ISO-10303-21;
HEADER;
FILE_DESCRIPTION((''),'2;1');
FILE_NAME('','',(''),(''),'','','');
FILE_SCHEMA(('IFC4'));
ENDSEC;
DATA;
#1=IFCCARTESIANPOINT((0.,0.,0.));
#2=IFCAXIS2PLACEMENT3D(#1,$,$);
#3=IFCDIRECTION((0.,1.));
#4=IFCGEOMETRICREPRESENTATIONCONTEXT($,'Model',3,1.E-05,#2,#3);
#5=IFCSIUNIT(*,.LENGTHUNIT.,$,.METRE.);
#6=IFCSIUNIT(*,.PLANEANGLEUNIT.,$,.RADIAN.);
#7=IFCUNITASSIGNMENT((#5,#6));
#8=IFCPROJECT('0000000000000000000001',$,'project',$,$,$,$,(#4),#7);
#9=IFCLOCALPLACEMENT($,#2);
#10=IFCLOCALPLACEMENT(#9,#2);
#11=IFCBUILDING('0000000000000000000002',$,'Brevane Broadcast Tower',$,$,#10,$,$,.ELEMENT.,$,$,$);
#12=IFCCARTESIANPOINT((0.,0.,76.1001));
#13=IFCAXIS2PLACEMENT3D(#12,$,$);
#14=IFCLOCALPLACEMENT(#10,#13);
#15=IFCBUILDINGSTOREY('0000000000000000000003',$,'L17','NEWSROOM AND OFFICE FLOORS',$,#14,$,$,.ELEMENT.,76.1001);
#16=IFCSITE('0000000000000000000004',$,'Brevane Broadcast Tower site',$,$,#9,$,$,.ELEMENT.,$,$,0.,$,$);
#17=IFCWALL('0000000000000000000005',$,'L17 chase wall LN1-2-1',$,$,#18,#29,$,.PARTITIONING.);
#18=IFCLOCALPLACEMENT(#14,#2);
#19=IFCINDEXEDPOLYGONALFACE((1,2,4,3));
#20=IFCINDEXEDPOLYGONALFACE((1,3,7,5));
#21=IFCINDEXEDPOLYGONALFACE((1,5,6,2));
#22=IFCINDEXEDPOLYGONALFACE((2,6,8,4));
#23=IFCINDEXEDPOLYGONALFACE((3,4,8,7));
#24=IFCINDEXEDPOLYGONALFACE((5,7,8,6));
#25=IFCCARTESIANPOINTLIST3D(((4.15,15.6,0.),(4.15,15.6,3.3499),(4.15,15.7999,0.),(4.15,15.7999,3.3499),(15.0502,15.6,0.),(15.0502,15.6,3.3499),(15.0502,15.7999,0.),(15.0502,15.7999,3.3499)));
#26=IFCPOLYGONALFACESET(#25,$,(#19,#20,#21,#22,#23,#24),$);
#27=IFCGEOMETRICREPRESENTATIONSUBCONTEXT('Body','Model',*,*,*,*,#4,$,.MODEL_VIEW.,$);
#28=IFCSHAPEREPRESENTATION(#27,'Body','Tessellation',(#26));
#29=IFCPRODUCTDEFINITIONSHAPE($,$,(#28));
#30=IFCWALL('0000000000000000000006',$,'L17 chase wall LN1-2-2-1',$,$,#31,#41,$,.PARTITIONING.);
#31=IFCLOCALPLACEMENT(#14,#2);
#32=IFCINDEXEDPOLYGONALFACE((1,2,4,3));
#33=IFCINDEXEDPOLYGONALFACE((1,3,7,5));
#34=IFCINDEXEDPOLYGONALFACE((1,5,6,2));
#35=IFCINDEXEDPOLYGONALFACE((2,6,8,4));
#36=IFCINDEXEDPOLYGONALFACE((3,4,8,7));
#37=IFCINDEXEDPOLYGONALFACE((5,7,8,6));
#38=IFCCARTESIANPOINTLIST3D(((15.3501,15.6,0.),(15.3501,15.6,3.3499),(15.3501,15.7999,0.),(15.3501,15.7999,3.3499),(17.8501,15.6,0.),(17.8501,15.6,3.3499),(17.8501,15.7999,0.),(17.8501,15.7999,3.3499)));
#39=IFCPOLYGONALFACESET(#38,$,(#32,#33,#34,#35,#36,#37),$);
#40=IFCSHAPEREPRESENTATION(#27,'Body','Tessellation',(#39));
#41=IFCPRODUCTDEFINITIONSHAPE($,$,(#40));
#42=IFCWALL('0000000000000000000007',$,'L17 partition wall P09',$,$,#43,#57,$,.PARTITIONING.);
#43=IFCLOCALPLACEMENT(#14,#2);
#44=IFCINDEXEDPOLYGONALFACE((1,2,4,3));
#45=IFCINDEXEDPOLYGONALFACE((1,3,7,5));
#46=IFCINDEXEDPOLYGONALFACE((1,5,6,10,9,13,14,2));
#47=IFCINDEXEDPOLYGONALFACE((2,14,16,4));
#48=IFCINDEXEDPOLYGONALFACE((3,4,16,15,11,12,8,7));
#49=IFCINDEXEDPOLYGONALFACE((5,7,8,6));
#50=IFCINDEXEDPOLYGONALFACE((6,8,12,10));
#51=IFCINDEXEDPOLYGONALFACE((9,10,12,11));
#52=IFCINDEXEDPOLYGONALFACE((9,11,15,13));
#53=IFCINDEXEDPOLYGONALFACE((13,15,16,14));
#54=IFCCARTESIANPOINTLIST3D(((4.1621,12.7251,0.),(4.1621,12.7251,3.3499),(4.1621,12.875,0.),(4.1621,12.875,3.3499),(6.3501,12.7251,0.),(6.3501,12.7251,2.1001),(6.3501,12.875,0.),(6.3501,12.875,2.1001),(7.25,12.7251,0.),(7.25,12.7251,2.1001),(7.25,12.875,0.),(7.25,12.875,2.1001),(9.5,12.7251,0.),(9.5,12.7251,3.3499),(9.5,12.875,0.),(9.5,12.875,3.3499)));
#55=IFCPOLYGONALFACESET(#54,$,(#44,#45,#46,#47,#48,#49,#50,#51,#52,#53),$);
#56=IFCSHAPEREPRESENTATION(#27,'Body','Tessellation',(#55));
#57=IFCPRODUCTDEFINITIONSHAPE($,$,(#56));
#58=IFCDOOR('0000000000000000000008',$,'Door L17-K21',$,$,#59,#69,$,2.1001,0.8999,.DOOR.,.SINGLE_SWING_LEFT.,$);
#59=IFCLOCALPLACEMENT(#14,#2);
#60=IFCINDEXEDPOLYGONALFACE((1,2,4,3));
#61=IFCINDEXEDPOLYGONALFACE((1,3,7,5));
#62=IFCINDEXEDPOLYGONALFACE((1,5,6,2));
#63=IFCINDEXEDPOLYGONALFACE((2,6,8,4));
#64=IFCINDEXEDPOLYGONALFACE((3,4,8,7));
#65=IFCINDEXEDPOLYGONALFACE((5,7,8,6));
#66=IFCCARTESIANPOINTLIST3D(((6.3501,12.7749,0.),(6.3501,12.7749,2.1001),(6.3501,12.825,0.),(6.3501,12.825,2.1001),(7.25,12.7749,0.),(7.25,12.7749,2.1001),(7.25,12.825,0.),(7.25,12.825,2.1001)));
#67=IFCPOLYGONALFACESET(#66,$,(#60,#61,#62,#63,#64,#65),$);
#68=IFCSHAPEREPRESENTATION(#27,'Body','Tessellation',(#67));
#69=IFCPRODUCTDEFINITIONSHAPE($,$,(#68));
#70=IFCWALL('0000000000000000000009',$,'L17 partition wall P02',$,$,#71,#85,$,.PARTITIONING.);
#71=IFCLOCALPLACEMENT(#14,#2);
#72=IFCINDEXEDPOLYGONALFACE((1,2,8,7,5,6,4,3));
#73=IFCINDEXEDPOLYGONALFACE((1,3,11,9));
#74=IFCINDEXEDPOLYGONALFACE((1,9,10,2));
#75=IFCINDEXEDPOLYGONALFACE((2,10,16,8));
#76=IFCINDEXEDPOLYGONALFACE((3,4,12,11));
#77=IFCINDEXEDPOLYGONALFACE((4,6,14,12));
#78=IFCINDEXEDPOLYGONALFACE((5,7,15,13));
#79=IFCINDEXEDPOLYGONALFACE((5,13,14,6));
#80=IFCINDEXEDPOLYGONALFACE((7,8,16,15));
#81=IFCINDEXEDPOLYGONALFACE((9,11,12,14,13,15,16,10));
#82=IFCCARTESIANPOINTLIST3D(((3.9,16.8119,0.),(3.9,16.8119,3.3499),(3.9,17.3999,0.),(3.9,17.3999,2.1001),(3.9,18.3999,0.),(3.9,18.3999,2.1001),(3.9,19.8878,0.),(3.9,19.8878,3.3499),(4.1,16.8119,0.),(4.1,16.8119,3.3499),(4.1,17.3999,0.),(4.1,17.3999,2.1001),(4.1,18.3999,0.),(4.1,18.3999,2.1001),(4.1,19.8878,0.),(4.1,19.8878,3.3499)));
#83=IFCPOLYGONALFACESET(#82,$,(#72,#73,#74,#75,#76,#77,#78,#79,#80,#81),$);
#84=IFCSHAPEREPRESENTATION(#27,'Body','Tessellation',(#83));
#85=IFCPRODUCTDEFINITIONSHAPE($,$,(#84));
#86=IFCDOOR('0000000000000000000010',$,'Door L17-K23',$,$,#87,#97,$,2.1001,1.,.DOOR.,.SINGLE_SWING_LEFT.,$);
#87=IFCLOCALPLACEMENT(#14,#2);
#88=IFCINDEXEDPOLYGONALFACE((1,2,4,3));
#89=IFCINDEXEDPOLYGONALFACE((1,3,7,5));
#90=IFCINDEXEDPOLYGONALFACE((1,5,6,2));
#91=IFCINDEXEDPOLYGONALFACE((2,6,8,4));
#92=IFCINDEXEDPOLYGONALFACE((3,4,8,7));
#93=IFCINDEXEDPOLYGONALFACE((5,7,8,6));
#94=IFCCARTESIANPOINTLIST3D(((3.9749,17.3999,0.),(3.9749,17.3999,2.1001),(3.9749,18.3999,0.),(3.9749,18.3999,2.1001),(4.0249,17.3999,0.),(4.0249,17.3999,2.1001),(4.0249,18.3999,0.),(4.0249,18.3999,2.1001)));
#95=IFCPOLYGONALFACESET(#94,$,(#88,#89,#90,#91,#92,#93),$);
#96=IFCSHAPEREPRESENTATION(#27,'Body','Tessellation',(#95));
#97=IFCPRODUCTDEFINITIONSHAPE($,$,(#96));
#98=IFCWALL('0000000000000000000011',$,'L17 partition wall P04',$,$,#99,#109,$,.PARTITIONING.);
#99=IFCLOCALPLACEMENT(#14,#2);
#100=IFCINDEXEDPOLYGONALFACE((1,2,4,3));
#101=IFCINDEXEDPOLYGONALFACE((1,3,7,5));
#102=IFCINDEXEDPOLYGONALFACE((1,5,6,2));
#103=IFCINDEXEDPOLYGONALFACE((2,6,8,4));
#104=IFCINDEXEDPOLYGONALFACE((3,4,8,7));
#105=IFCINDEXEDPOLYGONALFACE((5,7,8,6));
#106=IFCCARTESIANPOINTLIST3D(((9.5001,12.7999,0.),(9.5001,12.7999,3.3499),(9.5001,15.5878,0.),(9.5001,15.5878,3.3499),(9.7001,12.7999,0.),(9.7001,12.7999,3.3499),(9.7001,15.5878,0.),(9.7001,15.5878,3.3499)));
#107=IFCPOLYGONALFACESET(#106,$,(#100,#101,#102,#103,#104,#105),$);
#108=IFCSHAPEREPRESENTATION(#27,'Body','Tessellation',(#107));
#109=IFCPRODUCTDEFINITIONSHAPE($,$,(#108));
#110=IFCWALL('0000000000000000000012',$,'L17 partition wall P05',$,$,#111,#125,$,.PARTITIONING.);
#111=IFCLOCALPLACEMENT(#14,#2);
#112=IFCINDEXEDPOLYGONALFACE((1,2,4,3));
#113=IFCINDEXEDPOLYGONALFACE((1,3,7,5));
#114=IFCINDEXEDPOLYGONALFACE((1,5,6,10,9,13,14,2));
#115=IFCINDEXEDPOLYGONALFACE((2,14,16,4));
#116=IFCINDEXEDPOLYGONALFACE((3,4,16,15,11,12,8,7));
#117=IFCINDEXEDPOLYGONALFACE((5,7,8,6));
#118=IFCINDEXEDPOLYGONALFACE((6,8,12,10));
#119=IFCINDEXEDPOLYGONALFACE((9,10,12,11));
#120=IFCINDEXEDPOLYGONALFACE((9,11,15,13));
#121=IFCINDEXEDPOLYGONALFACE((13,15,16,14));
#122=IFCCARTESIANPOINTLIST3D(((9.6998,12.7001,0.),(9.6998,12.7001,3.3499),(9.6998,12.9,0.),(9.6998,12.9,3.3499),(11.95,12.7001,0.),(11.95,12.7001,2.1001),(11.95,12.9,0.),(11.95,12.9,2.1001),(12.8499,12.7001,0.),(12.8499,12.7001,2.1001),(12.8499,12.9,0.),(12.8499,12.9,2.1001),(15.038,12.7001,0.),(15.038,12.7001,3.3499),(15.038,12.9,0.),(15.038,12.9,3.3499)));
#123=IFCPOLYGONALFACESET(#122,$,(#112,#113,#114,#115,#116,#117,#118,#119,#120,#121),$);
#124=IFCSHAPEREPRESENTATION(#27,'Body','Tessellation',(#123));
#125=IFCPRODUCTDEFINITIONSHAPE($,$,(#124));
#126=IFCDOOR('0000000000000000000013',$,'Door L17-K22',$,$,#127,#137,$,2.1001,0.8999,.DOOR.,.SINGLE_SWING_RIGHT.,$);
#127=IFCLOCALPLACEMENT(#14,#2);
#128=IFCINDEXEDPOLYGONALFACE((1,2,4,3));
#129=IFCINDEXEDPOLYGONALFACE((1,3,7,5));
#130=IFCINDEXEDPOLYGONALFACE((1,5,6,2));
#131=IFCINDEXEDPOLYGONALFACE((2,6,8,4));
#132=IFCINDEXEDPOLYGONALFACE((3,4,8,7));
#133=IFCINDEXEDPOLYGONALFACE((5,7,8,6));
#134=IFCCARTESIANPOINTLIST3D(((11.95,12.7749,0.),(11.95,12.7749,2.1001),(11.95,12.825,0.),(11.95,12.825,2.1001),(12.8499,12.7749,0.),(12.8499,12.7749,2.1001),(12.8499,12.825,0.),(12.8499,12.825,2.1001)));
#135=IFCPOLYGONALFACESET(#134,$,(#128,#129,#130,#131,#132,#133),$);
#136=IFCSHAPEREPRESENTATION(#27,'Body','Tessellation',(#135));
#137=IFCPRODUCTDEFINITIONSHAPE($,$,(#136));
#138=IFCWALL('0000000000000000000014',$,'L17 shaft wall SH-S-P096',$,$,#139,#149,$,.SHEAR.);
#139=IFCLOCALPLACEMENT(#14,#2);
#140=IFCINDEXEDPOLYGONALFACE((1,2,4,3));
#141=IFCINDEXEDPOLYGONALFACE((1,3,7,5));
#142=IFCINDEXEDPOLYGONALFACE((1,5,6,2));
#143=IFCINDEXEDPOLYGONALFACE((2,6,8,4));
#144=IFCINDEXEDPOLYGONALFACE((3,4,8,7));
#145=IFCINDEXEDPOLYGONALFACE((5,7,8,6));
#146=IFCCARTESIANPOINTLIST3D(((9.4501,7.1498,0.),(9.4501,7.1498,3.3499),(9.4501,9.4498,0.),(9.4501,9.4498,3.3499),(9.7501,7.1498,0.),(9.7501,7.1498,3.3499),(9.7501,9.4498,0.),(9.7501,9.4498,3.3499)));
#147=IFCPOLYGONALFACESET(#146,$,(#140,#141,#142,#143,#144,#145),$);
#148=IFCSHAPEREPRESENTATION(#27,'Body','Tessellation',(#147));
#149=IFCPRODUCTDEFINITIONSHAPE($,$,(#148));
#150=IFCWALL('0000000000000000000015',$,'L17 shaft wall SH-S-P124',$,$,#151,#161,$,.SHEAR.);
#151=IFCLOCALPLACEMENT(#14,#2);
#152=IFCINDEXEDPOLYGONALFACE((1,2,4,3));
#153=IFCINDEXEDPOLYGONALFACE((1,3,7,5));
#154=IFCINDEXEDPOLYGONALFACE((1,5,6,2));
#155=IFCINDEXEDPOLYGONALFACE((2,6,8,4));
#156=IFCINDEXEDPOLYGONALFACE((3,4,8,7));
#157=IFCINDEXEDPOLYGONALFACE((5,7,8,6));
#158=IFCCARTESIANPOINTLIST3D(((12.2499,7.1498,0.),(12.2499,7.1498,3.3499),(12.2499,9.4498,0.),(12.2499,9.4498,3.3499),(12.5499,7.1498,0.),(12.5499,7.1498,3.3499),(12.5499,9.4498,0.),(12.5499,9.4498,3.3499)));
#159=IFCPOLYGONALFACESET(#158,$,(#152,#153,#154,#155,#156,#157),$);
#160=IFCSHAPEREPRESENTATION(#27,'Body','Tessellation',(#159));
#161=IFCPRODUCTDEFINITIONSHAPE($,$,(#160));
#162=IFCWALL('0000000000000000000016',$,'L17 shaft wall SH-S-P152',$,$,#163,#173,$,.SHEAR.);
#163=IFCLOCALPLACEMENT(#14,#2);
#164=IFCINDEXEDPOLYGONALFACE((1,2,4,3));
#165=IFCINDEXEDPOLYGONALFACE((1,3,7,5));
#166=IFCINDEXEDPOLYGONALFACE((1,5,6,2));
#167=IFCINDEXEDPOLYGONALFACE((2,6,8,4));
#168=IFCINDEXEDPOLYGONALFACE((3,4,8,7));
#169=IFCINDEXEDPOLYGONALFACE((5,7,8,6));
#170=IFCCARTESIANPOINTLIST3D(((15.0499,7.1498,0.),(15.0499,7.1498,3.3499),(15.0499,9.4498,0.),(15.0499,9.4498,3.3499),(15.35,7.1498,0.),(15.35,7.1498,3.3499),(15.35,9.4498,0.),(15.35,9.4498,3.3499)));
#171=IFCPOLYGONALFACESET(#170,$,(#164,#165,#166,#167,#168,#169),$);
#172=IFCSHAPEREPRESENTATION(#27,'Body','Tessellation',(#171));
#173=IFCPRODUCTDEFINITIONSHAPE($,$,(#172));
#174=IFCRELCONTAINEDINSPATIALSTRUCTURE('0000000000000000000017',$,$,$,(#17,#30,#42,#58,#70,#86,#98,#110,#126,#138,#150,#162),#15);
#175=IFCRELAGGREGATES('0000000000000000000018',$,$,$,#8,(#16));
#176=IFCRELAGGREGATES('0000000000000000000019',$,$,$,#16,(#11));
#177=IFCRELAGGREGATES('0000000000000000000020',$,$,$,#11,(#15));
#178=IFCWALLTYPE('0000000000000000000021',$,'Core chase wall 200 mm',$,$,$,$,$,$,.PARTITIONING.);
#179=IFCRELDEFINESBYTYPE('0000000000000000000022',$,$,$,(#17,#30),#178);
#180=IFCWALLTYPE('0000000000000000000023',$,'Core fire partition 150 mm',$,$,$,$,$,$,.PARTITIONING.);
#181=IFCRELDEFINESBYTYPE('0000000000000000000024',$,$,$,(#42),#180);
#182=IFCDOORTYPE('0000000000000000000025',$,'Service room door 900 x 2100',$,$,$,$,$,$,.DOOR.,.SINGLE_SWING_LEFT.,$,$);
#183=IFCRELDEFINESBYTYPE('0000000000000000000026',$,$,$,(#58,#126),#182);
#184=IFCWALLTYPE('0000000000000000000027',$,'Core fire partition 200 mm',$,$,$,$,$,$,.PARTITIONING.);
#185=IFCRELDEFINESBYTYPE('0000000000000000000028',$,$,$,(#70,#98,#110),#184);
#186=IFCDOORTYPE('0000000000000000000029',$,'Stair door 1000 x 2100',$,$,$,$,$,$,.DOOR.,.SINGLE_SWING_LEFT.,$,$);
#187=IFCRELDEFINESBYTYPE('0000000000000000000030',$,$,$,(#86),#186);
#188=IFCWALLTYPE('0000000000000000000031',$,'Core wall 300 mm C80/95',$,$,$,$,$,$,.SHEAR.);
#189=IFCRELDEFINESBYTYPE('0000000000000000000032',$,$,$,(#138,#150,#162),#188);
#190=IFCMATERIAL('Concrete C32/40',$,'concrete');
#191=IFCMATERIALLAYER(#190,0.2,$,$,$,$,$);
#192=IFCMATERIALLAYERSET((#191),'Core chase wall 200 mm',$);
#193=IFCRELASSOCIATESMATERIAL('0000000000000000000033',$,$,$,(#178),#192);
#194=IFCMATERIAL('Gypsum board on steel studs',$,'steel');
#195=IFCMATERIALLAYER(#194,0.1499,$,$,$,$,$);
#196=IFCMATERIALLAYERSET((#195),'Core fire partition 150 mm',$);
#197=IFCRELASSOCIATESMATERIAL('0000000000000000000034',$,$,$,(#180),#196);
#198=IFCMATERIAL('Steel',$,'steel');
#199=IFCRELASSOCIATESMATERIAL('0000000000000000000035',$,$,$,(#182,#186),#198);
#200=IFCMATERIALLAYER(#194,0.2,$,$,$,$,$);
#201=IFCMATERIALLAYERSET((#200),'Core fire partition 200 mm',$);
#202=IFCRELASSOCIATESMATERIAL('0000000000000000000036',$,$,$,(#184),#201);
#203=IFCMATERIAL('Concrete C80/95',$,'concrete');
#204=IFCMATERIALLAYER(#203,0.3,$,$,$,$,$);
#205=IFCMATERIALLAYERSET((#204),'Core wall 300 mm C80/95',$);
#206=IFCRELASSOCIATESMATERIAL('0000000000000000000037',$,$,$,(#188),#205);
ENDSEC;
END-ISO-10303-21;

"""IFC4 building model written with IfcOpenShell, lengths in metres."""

from ifc_helpers import new_model, si_unit, direction, frame, frame_2d, origin, place, context, subcontext, project, spatial, rectangle, extrude, material, layer, layer_set, type_object, element, fill, save


model = new_model("IFC4")

# Units and contexts
model_context = context("Model", 3, precision=1e-05, world=origin(), true_north=direction((0.0, 1.0)))
body_context = subcontext(model_context, "Body", "Model", "MODEL_VIEW")
ifc_project = project(units=[si_unit("LENGTHUNIT", "METRE"), si_unit("PLANEANGLEUNIT", "RADIAN")], contexts=[model_context])

# Site, building, storey
site_placement = place(None, origin())
site = spatial("IfcSite", under=ifc_project, at=site_placement, Name="Brevane Broadcast Tower site", CompositionType="ELEMENT", RefElevation=0.0)
building_placement = place(site_placement, origin())
building = spatial("IfcBuilding", under=site, at=building_placement, Name="Brevane Broadcast Tower", CompositionType="ELEMENT")
storey_placement = place(building_placement, frame((0.0, 0.0, 76.1001)))
storey = spatial("IfcBuildingStorey", under=building, at=storey_placement, Name="L17", Description="NEWSROOM AND OFFICE FLOORS", CompositionType="ELEMENT", Elevation=76.1001)

# Walls
ifc_material_1 = material(Name="Concrete C32/40", Category="concrete")
ifc_layer_1 = layer(ifc_material_1, 0.2)
ifc_layer_set_1 = layer_set([ifc_layer_1], Name="Core chase wall 200 mm")
wall_type_1 = type_object("IfcWallType", Name="Core chase wall 200 mm", PredefinedType="PARTITIONING", material=ifc_layer_set_1)
wall_1_placement = place(storey_placement, frame((4.1499, 15.7, 0.0), z_axis=(0.0, 0.0, 1.0), x_axis=(1.0, 0.0, 0.0)))
element("IfcWall", 1, at=wall_1_placement, inside=storey, type_object=wall_type_1, Name="L17 chase wall LN1-2-1", PredefinedType="PARTITIONING", context=body_context, shape_type="SweptSolid", body=[
    extrude(rectangle(XDim=10.9001, YDim=0.2, at=frame_2d((5.4502, 0.0))), origin(), (0.0, 0.0, 1.0), 3.3499),
])
wall_2_placement = place(storey_placement, frame((15.3501, 15.7, 0.0), z_axis=(0.0, 0.0, 1.0), x_axis=(1.0, 0.0, 0.0)))
element("IfcWall", 2, at=wall_2_placement, inside=storey, type_object=wall_type_1, Name="L17 chase wall LN1-2-2-1", PredefinedType="PARTITIONING", context=body_context, shape_type="SweptSolid", body=[
    extrude(rectangle(XDim=2.5, YDim=0.2, at=frame_2d((1.25, 0.0))), origin(), (0.0, 0.0, 1.0), 3.3499),
])

# Walls, openings, doors
ifc_material_2 = material(Name="Gypsum board on steel studs", Category="steel")
ifc_layer_2 = layer(ifc_material_2, 0.1499)
ifc_layer_set_2 = layer_set([ifc_layer_2], Name="Core fire partition 150 mm")
wall_type_2 = type_object("IfcWallType", Name="Core fire partition 150 mm", PredefinedType="PARTITIONING", material=ifc_layer_set_2)
wall_3_placement = place(storey_placement, frame((4.1621, 12.8, 0.0), z_axis=(0.0, 0.0, 1.0), x_axis=(1.0, 0.0, 0.0)))
wall_3 = element("IfcWall", 3, at=wall_3_placement, inside=storey, type_object=wall_type_2, Name="L17 partition wall P09", PredefinedType="PARTITIONING", context=body_context, shape_type="SweptSolid", body=[
    extrude(rectangle(XDim=5.3379, YDim=0.1499, at=frame_2d((2.6689, 0.0))), origin(), (0.0, 0.0, 1.0), 3.3499),
])
opening_1_placement = place(wall_3_placement, frame((2.188, 0.0, 0.0)))
opening_1 = element("IfcOpeningElement", 4, at=opening_1_placement, cuts=wall_3, PredefinedType="OPENING", context=body_context, shape_type="SweptSolid", body=[
    extrude(rectangle(XDim=0.8999, YDim=2.1001, at=frame_2d((0.45, 1.05))), frame((0.0, 0.085, 0.0), z_axis=(0.0, -1.0, 0.0), x_axis=(1.0, 0.0, 0.0)), (0.0, 0.0, 1.0), 0.1699),
])
ifc_material_3 = material(Name="Steel", Category="steel")
door_type_1 = type_object("IfcDoorType", Name="Service room door 900 x 2100", OperationType="SINGLE_SWING_LEFT", PredefinedType="DOOR", material=ifc_material_3)
door_1_placement = place(opening_1_placement, origin())
door_1 = element("IfcDoor", 5, at=door_1_placement, inside=storey, type_object=door_type_1, Name="Door L17-K21", OperationType="SINGLE_SWING_LEFT", OverallHeight=2.1001, OverallWidth=0.8999, PredefinedType="DOOR", context=body_context, shape_type="SweptSolid", body=[
    extrude(rectangle(XDim=0.8999, YDim=2.1001, at=frame_2d((0.45, 1.05))), frame((0.0, 0.0249, 0.0), z_axis=(0.0, -1.0, 0.0), x_axis=(1.0, 0.0, 0.0)), (0.0, 0.0, 1.0), 0.05),
])
fill(opening_1, door_1)
ifc_layer_3 = layer(ifc_material_2, 0.2)
ifc_layer_set_3 = layer_set([ifc_layer_3], Name="Core fire partition 200 mm")
wall_type_3 = type_object("IfcWallType", Name="Core fire partition 200 mm", PredefinedType="PARTITIONING", material=ifc_layer_set_3)
wall_4_placement = place(storey_placement, frame((4.0, 19.8879, 0.0), z_axis=(0.0, 0.0, 1.0), x_axis=(0.0, -1.0, 0.0)))
wall_4 = element("IfcWall", 6, at=wall_4_placement, inside=storey, type_object=wall_type_3, Name="L17 partition wall P02", PredefinedType="PARTITIONING", context=body_context, shape_type="SweptSolid", body=[
    extrude(rectangle(XDim=3.0759, YDim=0.2, at=frame_2d((1.5381, 0.0))), origin(), (0.0, 0.0, 1.0), 3.3499),
])
opening_2_placement = place(wall_4_placement, frame((1.488, 0.0, 0.0)))
opening_2 = element("IfcOpeningElement", 7, at=opening_2_placement, cuts=wall_4, PredefinedType="OPENING", context=body_context, shape_type="SweptSolid", body=[
    extrude(rectangle(XDim=1.0, YDim=2.1001, at=frame_2d((0.5, 1.05))), frame((0.0, 0.1099, 0.0), z_axis=(0.0, -1.0, 0.0), x_axis=(1.0, 0.0, 0.0)), (0.0, 0.0, 1.0), 0.22),
])
door_type_2 = type_object("IfcDoorType", Name="Stair door 1000 x 2100", OperationType="SINGLE_SWING_LEFT", PredefinedType="DOOR", material=ifc_material_3)
door_2_placement = place(opening_2_placement, origin())
door_2 = element("IfcDoor", 8, at=door_2_placement, inside=storey, type_object=door_type_2, Name="Door L17-K23", OperationType="SINGLE_SWING_LEFT", OverallHeight=2.1001, OverallWidth=1.0, PredefinedType="DOOR", context=body_context, shape_type="SweptSolid", body=[
    extrude(rectangle(XDim=1.0, YDim=2.1001, at=frame_2d((0.5, 1.05))), frame((0.0, 0.0249, 0.0), z_axis=(0.0, -1.0, 0.0), x_axis=(1.0, 0.0, 0.0)), (0.0, 0.0, 1.0), 0.05),
])
fill(opening_2, door_2)

# Wall
wall_5_placement = place(storey_placement, frame((9.6001, 15.5879, 0.0), z_axis=(0.0, 0.0, 1.0), x_axis=(0.0, -1.0, 0.0)))
element("IfcWall", 9, at=wall_5_placement, inside=storey, type_object=wall_type_3, Name="L17 partition wall P04", PredefinedType="PARTITIONING", context=body_context, shape_type="SweptSolid", body=[
    extrude(rectangle(XDim=2.7878, YDim=0.2, at=frame_2d((1.394, 0.0))), origin(), (0.0, 0.0, 1.0), 3.3499),
])

# Wall, opening, door
wall_6_placement = place(storey_placement, frame((9.7, 12.8, 0.0), z_axis=(0.0, 0.0, 1.0), x_axis=(1.0, 0.0, 0.0)))
wall_6 = element("IfcWall", 10, at=wall_6_placement, inside=storey, type_object=wall_type_3, Name="L17 partition wall P05", PredefinedType="PARTITIONING", context=body_context, shape_type="SweptSolid", body=[
    extrude(rectangle(XDim=5.3381, YDim=0.2, at=frame_2d((2.6689, 0.0))), origin(), (0.0, 0.0, 1.0), 3.3499),
])
opening_3_placement = place(wall_6_placement, frame((2.25, 0.0, 0.0)))
opening_3 = element("IfcOpeningElement", 11, at=opening_3_placement, cuts=wall_6, PredefinedType="OPENING", context=body_context, shape_type="SweptSolid", body=[
    extrude(rectangle(XDim=0.8999, YDim=2.1001, at=frame_2d((0.45, 1.05))), frame((0.0, 0.1099, 0.0), z_axis=(0.0, -1.0, 0.0), x_axis=(1.0, 0.0, 0.0)), (0.0, 0.0, 1.0), 0.22),
])
door_3_placement = place(opening_3_placement, origin())
door_3 = element("IfcDoor", 12, at=door_3_placement, inside=storey, type_object=door_type_1, Name="Door L17-K22", OperationType="SINGLE_SWING_RIGHT", OverallHeight=2.1001, OverallWidth=0.8999, PredefinedType="DOOR", context=body_context, shape_type="SweptSolid", body=[
    extrude(rectangle(XDim=0.8999, YDim=2.1001, at=frame_2d((0.45, 1.05))), frame((0.0, 0.0249, 0.0), z_axis=(0.0, -1.0, 0.0), x_axis=(1.0, 0.0, 0.0)), (0.0, 0.0, 1.0), 0.05),
])
fill(opening_3, door_3)

# Walls
ifc_material_4 = material(Name="Concrete C80/95", Category="concrete")
ifc_layer_4 = layer(ifc_material_4, 0.3)
ifc_layer_set_4 = layer_set([ifc_layer_4], Name="Core wall 300 mm C80/95")
wall_type_4 = type_object("IfcWallType", Name="Core wall 300 mm C80/95", PredefinedType="SHEAR", material=ifc_layer_set_4)
for number, where, z_axis, x_axis, name in (
    (13, (9.6001, 7.1499, 0.0), (0.0, 0.0, 1.0), (0.0, 1.0, 0.0), "L17 shaft wall SH-S-P096"),
    (14, (12.3999, 7.1499, 0.0), (0.0, 0.0, 1.0), (0.0, 1.0, 0.0), "L17 shaft wall SH-S-P124"),
    (15, (15.2, 7.1499, 0.0), (0.0, 0.0, 1.0), (0.0, 1.0, 0.0), "L17 shaft wall SH-S-P152"),
):
    element("IfcWall", number, at=place(storey_placement, frame(where, z_axis=z_axis, x_axis=x_axis)), inside=storey, type_object=wall_type_4, Name=name, PredefinedType="SHEAR", context=body_context, shape_type="SweptSolid", body=[
        extrude(rectangle(XDim=2.3, YDim=0.3, at=frame_2d((1.1499, 0.0))), origin(), (0.0, 0.0, 1.0), 3.3499),
    ])

save(model, "model.ifc")
